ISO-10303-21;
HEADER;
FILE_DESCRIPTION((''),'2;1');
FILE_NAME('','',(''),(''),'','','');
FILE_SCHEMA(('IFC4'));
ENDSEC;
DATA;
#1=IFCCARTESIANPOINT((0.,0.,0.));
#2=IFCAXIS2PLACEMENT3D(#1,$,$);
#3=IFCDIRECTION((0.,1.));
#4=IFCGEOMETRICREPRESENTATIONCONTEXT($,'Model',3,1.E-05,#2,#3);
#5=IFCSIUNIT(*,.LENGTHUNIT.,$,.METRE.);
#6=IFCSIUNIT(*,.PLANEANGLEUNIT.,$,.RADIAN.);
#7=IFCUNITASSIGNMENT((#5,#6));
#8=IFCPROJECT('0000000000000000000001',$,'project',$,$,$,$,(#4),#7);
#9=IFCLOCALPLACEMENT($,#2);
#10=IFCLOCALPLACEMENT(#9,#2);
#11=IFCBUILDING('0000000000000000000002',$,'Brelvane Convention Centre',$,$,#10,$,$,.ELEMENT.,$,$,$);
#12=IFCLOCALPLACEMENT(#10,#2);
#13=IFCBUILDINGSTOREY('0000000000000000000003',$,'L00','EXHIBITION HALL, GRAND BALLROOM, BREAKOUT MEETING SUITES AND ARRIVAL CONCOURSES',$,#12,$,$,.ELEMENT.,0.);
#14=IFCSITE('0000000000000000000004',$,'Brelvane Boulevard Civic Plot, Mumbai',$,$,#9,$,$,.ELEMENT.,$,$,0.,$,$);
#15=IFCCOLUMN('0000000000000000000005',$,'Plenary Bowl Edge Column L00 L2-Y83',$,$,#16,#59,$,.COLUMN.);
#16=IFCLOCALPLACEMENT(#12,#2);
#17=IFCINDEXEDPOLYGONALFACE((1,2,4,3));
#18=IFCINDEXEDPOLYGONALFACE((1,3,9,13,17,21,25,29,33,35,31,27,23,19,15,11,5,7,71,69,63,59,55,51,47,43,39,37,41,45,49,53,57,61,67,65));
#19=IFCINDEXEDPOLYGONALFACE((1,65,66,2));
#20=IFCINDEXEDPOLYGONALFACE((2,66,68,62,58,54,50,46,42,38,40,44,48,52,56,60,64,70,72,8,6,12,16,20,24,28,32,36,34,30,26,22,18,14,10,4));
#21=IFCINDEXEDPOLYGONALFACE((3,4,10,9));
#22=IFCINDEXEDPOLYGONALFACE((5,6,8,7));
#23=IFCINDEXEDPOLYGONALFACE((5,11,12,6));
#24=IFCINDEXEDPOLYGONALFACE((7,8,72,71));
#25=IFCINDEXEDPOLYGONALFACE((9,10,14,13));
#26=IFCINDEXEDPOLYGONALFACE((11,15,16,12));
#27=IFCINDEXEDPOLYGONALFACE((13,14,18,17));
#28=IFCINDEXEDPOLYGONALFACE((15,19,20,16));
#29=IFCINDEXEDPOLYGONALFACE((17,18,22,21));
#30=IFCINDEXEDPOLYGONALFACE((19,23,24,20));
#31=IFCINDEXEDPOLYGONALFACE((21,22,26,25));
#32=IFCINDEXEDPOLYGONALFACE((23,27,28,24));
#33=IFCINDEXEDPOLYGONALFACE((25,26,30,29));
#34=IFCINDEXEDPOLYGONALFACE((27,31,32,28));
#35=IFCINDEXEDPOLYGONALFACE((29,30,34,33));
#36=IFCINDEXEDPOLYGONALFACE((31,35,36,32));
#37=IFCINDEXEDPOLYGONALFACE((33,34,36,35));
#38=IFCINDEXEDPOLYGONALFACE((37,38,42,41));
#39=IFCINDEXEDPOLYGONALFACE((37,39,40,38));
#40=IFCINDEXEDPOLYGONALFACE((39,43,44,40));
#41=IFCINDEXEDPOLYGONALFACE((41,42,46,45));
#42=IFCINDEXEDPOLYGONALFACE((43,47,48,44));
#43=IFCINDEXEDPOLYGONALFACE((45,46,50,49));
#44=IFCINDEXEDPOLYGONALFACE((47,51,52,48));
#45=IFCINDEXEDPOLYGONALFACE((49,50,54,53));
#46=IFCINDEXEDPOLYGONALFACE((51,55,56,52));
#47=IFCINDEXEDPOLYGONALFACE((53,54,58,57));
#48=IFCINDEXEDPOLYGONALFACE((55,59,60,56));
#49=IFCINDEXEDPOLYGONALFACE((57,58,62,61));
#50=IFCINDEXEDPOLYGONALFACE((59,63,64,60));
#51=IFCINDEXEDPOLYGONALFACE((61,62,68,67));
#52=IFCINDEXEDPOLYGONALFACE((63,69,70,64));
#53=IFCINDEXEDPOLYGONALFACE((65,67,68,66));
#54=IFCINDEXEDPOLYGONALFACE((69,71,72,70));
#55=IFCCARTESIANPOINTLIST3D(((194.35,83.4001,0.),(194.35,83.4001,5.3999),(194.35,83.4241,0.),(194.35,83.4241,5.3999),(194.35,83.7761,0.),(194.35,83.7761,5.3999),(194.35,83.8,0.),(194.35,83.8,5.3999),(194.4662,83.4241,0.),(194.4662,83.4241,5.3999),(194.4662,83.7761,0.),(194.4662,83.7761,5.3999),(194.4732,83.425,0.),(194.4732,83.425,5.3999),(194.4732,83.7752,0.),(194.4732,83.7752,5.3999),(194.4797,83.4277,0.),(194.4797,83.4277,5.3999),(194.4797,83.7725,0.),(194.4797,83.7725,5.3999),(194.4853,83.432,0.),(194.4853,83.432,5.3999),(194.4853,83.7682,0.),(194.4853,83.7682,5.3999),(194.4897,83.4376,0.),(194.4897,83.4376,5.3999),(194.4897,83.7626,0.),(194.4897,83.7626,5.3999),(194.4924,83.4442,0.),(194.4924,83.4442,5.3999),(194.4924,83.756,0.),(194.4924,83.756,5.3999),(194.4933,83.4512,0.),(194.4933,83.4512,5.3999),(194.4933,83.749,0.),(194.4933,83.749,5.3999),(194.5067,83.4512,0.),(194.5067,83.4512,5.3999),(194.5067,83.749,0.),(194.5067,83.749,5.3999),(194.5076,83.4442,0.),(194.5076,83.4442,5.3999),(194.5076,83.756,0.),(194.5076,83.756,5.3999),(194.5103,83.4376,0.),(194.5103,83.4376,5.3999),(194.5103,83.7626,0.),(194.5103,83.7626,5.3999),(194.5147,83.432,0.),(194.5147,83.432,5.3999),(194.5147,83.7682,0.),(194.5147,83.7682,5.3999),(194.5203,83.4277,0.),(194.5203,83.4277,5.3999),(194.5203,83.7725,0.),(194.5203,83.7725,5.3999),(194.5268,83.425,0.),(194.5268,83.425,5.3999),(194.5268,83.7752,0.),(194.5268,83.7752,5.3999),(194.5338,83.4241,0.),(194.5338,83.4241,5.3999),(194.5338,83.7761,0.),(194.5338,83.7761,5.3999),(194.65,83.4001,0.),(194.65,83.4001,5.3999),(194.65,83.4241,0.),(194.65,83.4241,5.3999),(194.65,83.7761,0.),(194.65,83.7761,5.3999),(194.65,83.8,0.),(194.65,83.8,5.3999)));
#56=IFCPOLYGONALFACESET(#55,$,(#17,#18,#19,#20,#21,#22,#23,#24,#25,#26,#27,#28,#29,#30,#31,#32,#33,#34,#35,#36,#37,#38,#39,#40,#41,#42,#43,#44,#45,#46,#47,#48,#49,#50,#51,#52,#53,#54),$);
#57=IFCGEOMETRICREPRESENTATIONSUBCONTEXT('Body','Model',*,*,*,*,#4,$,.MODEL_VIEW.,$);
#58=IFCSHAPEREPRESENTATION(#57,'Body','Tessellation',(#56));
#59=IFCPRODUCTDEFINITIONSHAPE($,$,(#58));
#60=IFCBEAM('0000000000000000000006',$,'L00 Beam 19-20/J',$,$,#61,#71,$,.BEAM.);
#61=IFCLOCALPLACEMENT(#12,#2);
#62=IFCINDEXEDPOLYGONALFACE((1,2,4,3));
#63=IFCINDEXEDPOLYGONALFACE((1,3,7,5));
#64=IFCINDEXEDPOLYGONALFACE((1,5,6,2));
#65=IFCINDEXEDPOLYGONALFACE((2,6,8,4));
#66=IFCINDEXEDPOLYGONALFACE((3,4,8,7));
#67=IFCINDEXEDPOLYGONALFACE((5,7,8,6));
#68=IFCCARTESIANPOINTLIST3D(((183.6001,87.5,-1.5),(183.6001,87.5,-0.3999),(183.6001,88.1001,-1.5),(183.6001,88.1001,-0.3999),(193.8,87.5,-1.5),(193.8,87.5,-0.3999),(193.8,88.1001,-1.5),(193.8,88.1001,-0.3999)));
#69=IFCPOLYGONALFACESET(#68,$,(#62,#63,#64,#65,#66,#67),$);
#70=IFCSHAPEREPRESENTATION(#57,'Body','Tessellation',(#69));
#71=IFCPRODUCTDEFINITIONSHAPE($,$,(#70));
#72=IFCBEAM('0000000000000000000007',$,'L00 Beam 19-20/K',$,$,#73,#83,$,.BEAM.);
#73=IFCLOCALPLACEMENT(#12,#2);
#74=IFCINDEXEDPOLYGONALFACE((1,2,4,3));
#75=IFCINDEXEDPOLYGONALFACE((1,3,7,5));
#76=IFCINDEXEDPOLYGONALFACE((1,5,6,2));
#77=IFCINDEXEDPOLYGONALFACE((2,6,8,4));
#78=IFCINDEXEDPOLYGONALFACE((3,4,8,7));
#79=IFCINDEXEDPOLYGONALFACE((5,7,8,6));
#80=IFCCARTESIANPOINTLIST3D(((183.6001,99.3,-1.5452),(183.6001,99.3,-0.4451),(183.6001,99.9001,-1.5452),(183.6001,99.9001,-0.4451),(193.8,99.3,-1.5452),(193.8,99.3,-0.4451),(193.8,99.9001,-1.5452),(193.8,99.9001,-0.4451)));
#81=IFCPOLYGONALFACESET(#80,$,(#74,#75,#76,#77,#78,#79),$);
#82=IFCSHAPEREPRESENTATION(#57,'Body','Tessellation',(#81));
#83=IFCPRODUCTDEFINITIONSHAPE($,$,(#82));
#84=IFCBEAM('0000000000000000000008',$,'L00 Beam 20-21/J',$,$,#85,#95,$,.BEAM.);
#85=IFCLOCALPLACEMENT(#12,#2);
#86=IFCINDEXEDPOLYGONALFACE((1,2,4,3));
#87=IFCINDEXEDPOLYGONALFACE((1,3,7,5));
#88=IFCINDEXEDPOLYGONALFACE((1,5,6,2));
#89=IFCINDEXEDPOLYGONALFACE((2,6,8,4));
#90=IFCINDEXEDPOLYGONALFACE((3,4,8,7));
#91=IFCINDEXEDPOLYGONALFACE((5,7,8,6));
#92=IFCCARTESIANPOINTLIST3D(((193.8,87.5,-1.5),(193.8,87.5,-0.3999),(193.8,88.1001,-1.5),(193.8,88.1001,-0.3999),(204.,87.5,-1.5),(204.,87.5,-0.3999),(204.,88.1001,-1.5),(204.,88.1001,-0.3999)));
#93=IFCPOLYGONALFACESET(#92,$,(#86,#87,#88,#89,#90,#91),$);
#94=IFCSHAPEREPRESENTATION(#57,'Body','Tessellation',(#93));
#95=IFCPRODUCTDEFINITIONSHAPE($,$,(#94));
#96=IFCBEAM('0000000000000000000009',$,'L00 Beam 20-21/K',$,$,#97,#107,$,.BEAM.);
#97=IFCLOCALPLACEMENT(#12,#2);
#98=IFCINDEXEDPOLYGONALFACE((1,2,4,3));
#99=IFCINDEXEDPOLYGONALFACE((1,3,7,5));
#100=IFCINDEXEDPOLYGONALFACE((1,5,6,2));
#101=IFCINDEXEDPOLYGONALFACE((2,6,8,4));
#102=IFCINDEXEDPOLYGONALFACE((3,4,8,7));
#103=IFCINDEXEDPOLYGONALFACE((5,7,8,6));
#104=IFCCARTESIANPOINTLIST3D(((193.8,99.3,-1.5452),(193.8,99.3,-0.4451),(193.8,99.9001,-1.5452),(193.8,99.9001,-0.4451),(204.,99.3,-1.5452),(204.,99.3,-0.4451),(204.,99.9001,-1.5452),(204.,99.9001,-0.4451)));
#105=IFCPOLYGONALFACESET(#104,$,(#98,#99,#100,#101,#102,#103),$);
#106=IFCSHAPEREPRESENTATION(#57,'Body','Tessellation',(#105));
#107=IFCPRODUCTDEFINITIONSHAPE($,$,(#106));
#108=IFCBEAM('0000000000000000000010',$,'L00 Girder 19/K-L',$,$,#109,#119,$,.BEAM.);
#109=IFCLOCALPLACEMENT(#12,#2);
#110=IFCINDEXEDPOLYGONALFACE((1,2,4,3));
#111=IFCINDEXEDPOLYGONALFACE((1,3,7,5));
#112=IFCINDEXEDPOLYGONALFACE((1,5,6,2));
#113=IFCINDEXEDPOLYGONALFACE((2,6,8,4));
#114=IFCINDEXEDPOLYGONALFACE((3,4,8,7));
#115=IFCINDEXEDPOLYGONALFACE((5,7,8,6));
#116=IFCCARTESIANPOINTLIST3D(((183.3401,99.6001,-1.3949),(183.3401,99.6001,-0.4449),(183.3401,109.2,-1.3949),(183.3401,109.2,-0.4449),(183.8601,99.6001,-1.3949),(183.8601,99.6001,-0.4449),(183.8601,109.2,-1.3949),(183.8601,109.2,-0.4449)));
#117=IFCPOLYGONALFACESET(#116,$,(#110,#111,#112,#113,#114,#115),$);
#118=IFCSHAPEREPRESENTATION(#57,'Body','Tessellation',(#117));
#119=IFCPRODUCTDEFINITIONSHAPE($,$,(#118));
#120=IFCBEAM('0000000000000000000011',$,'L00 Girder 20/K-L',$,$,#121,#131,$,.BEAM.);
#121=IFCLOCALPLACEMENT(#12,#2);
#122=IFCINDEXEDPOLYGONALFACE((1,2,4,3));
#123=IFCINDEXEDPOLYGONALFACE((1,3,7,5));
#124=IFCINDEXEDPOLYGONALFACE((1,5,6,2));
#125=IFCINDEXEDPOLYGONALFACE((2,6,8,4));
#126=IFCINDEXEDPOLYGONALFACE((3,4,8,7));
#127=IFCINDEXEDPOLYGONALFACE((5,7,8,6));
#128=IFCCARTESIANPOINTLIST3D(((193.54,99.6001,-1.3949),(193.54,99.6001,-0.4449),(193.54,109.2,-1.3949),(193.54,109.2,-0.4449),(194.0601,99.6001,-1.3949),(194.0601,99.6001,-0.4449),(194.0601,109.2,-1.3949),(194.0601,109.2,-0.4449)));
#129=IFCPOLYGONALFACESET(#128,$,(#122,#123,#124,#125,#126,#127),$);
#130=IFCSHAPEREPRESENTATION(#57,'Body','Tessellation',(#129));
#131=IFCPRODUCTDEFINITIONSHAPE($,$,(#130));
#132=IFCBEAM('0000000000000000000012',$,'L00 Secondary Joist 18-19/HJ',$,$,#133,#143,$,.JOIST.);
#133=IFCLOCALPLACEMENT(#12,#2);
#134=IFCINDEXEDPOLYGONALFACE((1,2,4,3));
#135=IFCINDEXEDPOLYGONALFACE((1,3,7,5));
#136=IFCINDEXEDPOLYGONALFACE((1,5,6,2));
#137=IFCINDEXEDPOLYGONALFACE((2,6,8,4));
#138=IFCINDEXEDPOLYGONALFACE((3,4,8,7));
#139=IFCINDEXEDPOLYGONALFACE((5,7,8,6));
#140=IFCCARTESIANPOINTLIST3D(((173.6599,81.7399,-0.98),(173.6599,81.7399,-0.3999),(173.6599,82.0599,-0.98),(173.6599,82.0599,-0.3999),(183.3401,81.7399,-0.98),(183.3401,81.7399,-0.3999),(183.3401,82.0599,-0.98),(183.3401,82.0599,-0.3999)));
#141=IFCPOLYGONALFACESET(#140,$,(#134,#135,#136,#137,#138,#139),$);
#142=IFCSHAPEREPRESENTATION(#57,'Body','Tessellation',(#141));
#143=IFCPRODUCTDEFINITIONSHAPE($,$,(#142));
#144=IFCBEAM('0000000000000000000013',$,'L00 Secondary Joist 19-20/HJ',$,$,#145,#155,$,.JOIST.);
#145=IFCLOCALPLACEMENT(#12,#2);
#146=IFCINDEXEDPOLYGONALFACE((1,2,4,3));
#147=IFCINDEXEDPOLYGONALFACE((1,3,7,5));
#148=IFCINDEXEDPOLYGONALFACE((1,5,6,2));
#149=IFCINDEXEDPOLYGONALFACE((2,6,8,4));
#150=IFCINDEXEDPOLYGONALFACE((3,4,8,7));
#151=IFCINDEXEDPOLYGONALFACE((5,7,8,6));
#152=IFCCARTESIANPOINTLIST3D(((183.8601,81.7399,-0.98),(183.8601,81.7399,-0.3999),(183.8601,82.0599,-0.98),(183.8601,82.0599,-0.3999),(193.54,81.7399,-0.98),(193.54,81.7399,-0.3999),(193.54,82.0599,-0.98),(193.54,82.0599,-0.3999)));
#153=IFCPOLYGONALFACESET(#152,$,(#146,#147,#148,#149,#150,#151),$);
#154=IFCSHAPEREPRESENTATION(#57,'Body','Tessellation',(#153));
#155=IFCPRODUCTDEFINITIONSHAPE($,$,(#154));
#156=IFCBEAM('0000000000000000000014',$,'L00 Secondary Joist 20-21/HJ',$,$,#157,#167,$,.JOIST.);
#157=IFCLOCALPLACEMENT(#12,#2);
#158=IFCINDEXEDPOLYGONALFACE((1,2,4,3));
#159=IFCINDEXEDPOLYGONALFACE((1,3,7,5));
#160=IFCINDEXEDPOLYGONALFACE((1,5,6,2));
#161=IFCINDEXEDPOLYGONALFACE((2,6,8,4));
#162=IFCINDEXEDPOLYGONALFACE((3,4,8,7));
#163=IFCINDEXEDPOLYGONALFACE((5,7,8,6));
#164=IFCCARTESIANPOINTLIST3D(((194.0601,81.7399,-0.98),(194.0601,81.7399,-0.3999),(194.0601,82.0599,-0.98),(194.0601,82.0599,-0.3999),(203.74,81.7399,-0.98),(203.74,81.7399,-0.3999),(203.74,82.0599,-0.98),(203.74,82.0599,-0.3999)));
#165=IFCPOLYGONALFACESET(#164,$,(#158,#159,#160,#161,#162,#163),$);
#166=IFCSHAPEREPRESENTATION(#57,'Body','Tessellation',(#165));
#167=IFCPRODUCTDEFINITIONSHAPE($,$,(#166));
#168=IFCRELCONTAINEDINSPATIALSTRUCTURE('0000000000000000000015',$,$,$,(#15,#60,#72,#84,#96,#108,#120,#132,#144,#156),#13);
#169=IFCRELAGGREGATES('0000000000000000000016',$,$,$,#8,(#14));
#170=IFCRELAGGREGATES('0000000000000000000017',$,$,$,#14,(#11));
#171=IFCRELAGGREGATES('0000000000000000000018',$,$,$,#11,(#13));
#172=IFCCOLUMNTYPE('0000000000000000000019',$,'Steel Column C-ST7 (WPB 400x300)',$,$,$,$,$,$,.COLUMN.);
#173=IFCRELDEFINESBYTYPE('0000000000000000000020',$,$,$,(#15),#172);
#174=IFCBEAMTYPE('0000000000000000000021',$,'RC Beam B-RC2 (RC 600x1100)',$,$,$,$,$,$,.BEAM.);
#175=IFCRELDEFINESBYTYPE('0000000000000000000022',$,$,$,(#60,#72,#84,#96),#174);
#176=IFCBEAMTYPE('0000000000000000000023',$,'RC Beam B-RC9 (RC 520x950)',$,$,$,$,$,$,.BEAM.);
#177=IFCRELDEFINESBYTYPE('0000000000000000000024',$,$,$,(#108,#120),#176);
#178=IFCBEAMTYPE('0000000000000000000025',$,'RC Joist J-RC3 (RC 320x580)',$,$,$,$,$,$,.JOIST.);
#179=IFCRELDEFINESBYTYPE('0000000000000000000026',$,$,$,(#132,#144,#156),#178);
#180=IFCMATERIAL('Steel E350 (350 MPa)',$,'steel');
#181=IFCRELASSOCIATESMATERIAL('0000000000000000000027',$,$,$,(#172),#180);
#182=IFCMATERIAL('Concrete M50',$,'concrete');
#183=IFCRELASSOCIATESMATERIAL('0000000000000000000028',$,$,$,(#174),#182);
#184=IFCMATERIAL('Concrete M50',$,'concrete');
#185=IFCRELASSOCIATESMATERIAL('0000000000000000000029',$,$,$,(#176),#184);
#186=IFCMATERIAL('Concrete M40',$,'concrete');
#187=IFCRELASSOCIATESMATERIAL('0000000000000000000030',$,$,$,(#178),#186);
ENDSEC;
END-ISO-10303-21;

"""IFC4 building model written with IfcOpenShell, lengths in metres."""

from ifc_helpers import new_model, si_unit, direction, frame, origin, origin_2d, place, context, subcontext, project, spatial, rectangle, i_section, extrude, material, material_profile, profile_set, type_object, element, save


model = new_model("IFC4")

# Units and contexts
model_context = context("Model", 3, precision=1e-05, world=origin(), true_north=direction((0.0, 1.0)))
body_context = subcontext(model_context, "Body", "Model", "MODEL_VIEW")
ifc_project = project(units=[si_unit("LENGTHUNIT", "METRE"), si_unit("PLANEANGLEUNIT", "RADIAN")], contexts=[model_context])

# Site, building, storey
site_placement = place(None, origin())
site = spatial("IfcSite", under=ifc_project, at=site_placement, Name="Brelvane Boulevard Civic Plot, Mumbai", CompositionType="ELEMENT", RefElevation=0.0)
building_placement = place(site_placement, origin())
building = spatial("IfcBuilding", under=site, at=building_placement, Name="Brelvane Convention Centre", CompositionType="ELEMENT")
storey_placement = place(building_placement, origin())
storey = spatial("IfcBuildingStorey", under=building, at=storey_placement, Name="L00", Description="EXHIBITION HALL, GRAND BALLROOM, BREAKOUT MEETING SUITES AND ARRIVAL CONCOURSES", CompositionType="ELEMENT", Elevation=0.0)

# Column
ifc_material_1 = material(Name="Steel E350 (350 MPa)", Category="steel")
ifc_material_profile_1 = material_profile(ifc_material_1, i_section(OverallWidth=0.3, OverallDepth=0.3999, WebThickness=0.0134, FlangeThickness=0.0239, FilletRadius=0.0271, at=origin_2d()), Name="WPB 400x300")
ifc_profile_set_1 = profile_set([ifc_material_profile_1], Name="Steel E350 (350 MPa)")
column_type_1 = type_object("IfcColumnType", Name="Steel Column C-ST7 (WPB 400x300)", PredefinedType="COLUMN", material=ifc_profile_set_1)
column_1_placement = place(storey_placement, frame((194.5, 83.6001, 0.0), z_axis=(0.0, 0.0, 1.0), x_axis=(1.0, 0.0, 0.0)))
element("IfcColumn", 1, at=column_1_placement, inside=storey, type_object=column_type_1, Name="Plenary Bowl Edge Column L00 L2-Y83", PredefinedType="COLUMN", context=body_context, shape_type="SweptSolid", body=[
    extrude(i_section(OverallWidth=0.3, OverallDepth=0.3999, WebThickness=0.0134, FlangeThickness=0.0239, FilletRadius=0.0271, at=origin_2d()), origin(), (0.0, 0.0, 1.0), 5.3999),
])

# Beams
ifc_material_2 = material(Name="Concrete M50", Category="concrete")
ifc_material_profile_2 = material_profile(ifc_material_2, rectangle(XDim=0.6001, YDim=1.1001, at=origin_2d()), Name="RC 600x1100")
ifc_profile_set_2 = profile_set([ifc_material_profile_2], Name="Concrete M50")
beam_type_1 = type_object("IfcBeamType", Name="RC Beam B-RC2 (RC 600x1100)", PredefinedType="BEAM", material=ifc_profile_set_2)
for number, where, z_axis, x_axis, name in (
    (2, (183.6001, 87.8, -0.95), (1.0, 0.0, 0.0), (0.0, 1.0, 0.0), "L00 Beam 19-20/J"),
    (3, (183.6001, 99.6001, -0.9951), (1.0, 0.0, 0.0), (0.0, 1.0, 0.0), "L00 Beam 19-20/K"),
    (4, (193.8, 87.8, -0.95), (1.0, 0.0, 0.0), (0.0, 1.0, 0.0), "L00 Beam 20-21/J"),
    (5, (193.8, 99.6001, -0.9951), (1.0, 0.0, 0.0), (0.0, 1.0, 0.0), "L00 Beam 20-21/K"),
):
    element("IfcBeam", number, at=place(storey_placement, frame(where, z_axis=z_axis, x_axis=x_axis)), inside=storey, type_object=beam_type_1, Name=name, PredefinedType="BEAM", context=body_context, shape_type="SweptSolid", body=[
        extrude(rectangle(XDim=0.6001, YDim=1.1001, at=origin_2d()), origin(), (0.0, 0.0, 1.0), 10.2),
    ])
ifc_material_3 = material(Name="Concrete M50", Category="concrete")
ifc_material_profile_3 = material_profile(ifc_material_3, rectangle(XDim=0.52, YDim=0.95, at=origin_2d()), Name="RC 520x950")
ifc_profile_set_3 = profile_set([ifc_material_profile_3], Name="Concrete M50")
beam_type_2 = type_object("IfcBeamType", Name="RC Beam B-RC9 (RC 520x950)", PredefinedType="BEAM", material=ifc_profile_set_3)
for number, where, z_axis, x_axis, name in (
    (6, (183.6001, 99.6001, -0.9199), (0.0, 1.0, 0.0), (-1.0, 0.0, 0.0), "L00 Girder 19/K-L"),
    (7, (193.8, 99.6001, -0.9199), (0.0, 1.0, 0.0), (-1.0, 0.0, 0.0), "L00 Girder 20/K-L"),
):
    element("IfcBeam", number, at=place(storey_placement, frame(where, z_axis=z_axis, x_axis=x_axis)), inside=storey, type_object=beam_type_2, Name=name, PredefinedType="BEAM", context=body_context, shape_type="SweptSolid", body=[
        extrude(rectangle(XDim=0.52, YDim=0.95, at=origin_2d()), origin(), (0.0, 0.0, 1.0), 9.5999),
    ])
ifc_material_4 = material(Name="Concrete M40", Category="concrete")
ifc_material_profile_4 = material_profile(ifc_material_4, rectangle(XDim=0.3201, YDim=0.5801, at=origin_2d()), Name="RC 320x580")
ifc_profile_set_4 = profile_set([ifc_material_profile_4], Name="Concrete M40")
beam_type_3 = type_object("IfcBeamType", Name="RC Joist J-RC3 (RC 320x580)", PredefinedType="JOIST", material=ifc_profile_set_4)
beam_placement = place(storey_placement, frame((173.6599, 81.8999, -0.6899), z_axis=(1.0, 0.0, 0.0), x_axis=(0.0, 1.0, 0.0)))
element("IfcBeam", 8, at=beam_placement, inside=storey, type_object=beam_type_3, Name="L00 Secondary Joist 18-19/HJ", PredefinedType="JOIST", context=body_context, shape_type="SweptSolid", body=[
    extrude(rectangle(XDim=0.3201, YDim=0.5801, at=origin_2d()), origin(), (0.0, 0.0, 1.0), 9.6802),
])
for number, where, z_axis, x_axis, name in (
    (9, (183.8601, 81.8999, -0.6899), (1.0, 0.0, 0.0), (0.0, 1.0, 0.0), "L00 Secondary Joist 19-20/HJ"),
    (10, (194.0601, 81.8999, -0.6899), (1.0, 0.0, 0.0), (0.0, 1.0, 0.0), "L00 Secondary Joist 20-21/HJ"),
):
    element("IfcBeam", number, at=place(storey_placement, frame(where, z_axis=z_axis, x_axis=x_axis)), inside=storey, type_object=beam_type_3, Name=name, PredefinedType="JOIST", context=body_context, shape_type="SweptSolid", body=[
        extrude(rectangle(XDim=0.3201, YDim=0.5801, at=origin_2d()), origin(), (0.0, 0.0, 1.0), 9.6799),
    ])

save(model, "model.ifc")
